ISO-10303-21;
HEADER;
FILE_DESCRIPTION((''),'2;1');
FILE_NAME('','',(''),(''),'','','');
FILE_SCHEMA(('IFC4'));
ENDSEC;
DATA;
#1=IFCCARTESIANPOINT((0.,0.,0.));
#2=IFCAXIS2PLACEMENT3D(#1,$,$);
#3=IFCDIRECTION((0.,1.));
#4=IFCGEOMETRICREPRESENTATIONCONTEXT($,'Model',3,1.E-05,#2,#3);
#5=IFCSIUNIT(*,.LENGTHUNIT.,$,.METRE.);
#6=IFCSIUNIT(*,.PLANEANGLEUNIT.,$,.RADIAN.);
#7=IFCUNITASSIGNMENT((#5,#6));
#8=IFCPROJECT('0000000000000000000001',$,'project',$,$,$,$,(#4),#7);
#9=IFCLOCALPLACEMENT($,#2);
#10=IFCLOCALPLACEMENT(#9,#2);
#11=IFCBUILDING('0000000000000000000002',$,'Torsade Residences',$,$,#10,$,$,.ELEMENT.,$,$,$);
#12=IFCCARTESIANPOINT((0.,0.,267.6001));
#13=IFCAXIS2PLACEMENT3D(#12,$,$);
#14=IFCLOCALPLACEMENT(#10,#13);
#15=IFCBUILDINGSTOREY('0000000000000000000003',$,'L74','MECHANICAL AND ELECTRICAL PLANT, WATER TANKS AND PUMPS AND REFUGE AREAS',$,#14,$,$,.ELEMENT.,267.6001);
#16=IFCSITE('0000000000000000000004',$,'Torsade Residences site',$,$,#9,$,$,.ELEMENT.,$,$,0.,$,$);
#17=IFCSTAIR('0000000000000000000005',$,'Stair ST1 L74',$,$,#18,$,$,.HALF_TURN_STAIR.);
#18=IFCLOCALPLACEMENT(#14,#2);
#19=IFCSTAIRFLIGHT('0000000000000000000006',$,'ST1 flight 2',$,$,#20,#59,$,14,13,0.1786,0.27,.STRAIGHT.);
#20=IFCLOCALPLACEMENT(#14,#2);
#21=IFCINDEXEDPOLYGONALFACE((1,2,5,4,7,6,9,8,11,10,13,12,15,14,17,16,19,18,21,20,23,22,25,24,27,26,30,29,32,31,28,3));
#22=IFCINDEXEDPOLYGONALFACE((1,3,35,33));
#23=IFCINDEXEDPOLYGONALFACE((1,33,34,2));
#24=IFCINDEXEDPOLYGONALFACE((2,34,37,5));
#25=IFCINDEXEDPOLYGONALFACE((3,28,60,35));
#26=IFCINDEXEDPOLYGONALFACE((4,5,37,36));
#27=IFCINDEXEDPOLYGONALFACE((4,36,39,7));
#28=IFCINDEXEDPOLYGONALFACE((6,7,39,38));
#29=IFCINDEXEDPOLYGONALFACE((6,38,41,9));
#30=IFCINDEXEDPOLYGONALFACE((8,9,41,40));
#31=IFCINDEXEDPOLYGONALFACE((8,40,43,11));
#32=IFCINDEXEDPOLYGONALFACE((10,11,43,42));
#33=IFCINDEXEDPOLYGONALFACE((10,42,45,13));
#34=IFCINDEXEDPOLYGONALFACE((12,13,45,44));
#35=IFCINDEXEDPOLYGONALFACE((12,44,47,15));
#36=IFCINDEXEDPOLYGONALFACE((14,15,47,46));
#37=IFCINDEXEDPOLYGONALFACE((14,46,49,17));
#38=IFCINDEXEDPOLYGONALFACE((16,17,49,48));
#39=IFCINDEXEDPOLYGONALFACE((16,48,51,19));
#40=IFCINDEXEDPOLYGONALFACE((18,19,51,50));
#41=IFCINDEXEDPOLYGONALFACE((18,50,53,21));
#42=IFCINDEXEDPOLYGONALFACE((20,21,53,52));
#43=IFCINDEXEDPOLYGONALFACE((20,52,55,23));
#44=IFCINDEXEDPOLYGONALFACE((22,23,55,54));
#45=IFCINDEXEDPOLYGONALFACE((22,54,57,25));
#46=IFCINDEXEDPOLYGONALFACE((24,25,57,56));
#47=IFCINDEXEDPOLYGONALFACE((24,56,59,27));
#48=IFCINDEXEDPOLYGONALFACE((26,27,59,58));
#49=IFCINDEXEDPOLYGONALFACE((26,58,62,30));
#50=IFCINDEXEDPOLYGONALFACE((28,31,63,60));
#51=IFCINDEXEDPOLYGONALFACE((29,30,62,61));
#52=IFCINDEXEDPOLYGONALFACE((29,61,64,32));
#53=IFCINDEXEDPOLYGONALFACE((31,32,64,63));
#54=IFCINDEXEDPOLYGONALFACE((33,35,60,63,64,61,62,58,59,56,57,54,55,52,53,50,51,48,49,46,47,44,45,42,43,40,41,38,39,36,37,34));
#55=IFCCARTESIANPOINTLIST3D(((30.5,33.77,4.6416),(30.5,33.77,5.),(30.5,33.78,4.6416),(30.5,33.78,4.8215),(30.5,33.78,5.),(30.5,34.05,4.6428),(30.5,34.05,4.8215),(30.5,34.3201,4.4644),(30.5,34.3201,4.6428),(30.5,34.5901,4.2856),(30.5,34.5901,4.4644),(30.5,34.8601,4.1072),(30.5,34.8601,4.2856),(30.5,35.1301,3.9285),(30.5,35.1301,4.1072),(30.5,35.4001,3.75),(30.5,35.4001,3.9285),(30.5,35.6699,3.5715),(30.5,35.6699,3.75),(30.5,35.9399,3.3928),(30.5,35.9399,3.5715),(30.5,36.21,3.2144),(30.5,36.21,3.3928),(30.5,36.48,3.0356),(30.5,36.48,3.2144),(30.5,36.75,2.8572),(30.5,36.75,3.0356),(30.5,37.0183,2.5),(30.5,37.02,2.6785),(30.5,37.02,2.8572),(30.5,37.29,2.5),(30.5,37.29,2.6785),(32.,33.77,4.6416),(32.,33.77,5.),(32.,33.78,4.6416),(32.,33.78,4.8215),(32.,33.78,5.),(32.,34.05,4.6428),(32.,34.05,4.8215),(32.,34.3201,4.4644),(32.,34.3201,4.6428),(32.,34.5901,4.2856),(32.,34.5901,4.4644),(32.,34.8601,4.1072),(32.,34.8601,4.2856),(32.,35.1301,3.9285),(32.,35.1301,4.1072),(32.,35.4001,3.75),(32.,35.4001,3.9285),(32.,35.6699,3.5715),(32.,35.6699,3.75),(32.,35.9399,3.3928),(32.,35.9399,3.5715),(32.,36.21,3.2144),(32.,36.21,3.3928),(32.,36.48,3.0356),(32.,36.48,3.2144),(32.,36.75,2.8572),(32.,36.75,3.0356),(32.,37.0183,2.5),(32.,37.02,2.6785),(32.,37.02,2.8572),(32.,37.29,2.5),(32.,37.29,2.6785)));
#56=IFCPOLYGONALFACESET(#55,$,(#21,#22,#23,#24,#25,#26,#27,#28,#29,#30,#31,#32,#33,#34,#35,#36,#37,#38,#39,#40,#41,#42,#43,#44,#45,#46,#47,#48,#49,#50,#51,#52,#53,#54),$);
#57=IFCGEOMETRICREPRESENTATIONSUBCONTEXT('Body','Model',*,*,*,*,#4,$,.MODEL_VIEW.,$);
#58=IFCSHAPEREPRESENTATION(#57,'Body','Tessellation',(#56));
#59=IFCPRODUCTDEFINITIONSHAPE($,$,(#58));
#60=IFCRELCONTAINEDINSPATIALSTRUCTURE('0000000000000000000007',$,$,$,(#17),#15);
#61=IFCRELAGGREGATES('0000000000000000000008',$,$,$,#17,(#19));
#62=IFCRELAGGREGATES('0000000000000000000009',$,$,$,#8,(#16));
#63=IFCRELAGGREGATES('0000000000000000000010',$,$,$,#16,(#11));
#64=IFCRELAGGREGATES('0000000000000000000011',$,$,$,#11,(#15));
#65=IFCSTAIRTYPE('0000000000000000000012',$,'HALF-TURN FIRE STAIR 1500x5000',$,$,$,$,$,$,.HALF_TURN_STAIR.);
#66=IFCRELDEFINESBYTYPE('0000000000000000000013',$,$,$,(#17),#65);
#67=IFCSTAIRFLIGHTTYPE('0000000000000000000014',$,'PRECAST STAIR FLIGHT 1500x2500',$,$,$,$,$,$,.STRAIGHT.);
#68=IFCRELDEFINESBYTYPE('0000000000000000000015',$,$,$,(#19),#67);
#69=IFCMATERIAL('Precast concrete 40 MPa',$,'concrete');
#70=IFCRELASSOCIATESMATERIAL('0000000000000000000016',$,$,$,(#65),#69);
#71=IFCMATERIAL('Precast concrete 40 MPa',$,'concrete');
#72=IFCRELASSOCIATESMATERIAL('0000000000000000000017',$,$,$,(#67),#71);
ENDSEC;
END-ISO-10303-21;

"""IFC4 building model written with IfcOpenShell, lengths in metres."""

from ifc_helpers import new_model, si_unit, direction, frame, origin, place, context, subcontext, project, spatial, polyline, outline, extrude, material, type_object, element, aggregate, save


model = new_model("IFC4")

# Units and contexts
model_context = context("Model", 3, precision=1e-05, world=origin(), true_north=direction((0.0, 1.0)))
body_context = subcontext(model_context, "Body", "Model", "MODEL_VIEW")
ifc_project = project(units=[si_unit("LENGTHUNIT", "METRE"), si_unit("PLANEANGLEUNIT", "RADIAN")], contexts=[model_context])

# Site, building, storey
site_placement = place(None, origin())
site = spatial("IfcSite", under=ifc_project, at=site_placement, Name="Torsade Residences site", CompositionType="ELEMENT", RefElevation=0.0)
building_placement = place(site_placement, origin())
building = spatial("IfcBuilding", under=site, at=building_placement, Name="Torsade Residences", CompositionType="ELEMENT")
storey_placement = place(building_placement, frame((0.0, 0.0, 267.6001)))
storey = spatial("IfcBuildingStorey", under=building, at=storey_placement, Name="L74", Description="MECHANICAL AND ELECTRICAL PLANT, WATER TANKS AND PUMPS AND REFUGE AREAS", CompositionType="ELEMENT", Elevation=267.6001)

# Stair, stair flight
ifc_material_1 = material(Name="Precast concrete 40 MPa", Category="concrete")
stair_type = type_object("IfcStairType", Name="HALF-TURN FIRE STAIR 1500x5000", PredefinedType="HALF_TURN_STAIR", material=ifc_material_1)
stair_placement = place(storey_placement, origin())
stair = element("IfcStair", 1, at=stair_placement, inside=storey, type_object=stair_type, Name="Stair ST1 L74", PredefinedType="HALF_TURN_STAIR")
ifc_material_2 = material(Name="Precast concrete 40 MPa", Category="concrete")
stair_flight_type = type_object("IfcStairFlightType", Name="PRECAST STAIR FLIGHT 1500x2500", PredefinedType="STRAIGHT", material=ifc_material_2)
stair_flight_1_placement = place(storey_placement, frame((31.25, 37.29, 2.5), z_axis=(0.0, 0.0, 1.0), x_axis=(0.0, -1.0, 0.0)))
stair_flight_1 = element("IfcStairFlight", 2, at=stair_flight_1_placement, type_object=stair_flight_type, Name="ST1 flight 2", NumberOfRisers=14, NumberOfTreads=13, PredefinedType="STRAIGHT", RiserHeight=0.1786, TreadLength=0.27, context=body_context, shape_type="SweptSolid", body=[
    extrude(outline(polyline([(0.0, 0.0), (0.0, 0.1785), (0.27, 0.1785), (0.27, 0.3572), (0.54, 0.3572), (0.54, 0.5356), (0.8101, 0.5356), (0.8101, 0.7144), (1.0801, 0.7144), (1.0801, 0.8928), (1.3501, 0.8928), (1.3501, 1.0715), (1.6201, 1.0715), (1.6201, 1.25), (1.8899, 1.25), (1.8899, 1.4285), (2.1599, 1.4285), (2.1599, 1.6072), (2.4299, 1.6072), (2.4299, 1.7856), (2.7, 1.7856), (2.7, 1.9644), (2.97, 1.9644), (2.97, 2.1428), (3.24, 2.1428), (3.24, 2.3215), (3.51, 2.3215), (3.51, 2.5), (3.52, 2.5), (3.52, 2.1416), (3.51, 2.1416), (0.2717, 0.0), (0.0, 0.0)])), frame((0.0, 0.75, 0.0), z_axis=(0.0, -1.0, 0.0), x_axis=(1.0, 0.0, 0.0)), (0.0, 0.0, 1.0), 1.5),
])
aggregate(stair, [stair_flight_1])

save(model, "model.ifc")
